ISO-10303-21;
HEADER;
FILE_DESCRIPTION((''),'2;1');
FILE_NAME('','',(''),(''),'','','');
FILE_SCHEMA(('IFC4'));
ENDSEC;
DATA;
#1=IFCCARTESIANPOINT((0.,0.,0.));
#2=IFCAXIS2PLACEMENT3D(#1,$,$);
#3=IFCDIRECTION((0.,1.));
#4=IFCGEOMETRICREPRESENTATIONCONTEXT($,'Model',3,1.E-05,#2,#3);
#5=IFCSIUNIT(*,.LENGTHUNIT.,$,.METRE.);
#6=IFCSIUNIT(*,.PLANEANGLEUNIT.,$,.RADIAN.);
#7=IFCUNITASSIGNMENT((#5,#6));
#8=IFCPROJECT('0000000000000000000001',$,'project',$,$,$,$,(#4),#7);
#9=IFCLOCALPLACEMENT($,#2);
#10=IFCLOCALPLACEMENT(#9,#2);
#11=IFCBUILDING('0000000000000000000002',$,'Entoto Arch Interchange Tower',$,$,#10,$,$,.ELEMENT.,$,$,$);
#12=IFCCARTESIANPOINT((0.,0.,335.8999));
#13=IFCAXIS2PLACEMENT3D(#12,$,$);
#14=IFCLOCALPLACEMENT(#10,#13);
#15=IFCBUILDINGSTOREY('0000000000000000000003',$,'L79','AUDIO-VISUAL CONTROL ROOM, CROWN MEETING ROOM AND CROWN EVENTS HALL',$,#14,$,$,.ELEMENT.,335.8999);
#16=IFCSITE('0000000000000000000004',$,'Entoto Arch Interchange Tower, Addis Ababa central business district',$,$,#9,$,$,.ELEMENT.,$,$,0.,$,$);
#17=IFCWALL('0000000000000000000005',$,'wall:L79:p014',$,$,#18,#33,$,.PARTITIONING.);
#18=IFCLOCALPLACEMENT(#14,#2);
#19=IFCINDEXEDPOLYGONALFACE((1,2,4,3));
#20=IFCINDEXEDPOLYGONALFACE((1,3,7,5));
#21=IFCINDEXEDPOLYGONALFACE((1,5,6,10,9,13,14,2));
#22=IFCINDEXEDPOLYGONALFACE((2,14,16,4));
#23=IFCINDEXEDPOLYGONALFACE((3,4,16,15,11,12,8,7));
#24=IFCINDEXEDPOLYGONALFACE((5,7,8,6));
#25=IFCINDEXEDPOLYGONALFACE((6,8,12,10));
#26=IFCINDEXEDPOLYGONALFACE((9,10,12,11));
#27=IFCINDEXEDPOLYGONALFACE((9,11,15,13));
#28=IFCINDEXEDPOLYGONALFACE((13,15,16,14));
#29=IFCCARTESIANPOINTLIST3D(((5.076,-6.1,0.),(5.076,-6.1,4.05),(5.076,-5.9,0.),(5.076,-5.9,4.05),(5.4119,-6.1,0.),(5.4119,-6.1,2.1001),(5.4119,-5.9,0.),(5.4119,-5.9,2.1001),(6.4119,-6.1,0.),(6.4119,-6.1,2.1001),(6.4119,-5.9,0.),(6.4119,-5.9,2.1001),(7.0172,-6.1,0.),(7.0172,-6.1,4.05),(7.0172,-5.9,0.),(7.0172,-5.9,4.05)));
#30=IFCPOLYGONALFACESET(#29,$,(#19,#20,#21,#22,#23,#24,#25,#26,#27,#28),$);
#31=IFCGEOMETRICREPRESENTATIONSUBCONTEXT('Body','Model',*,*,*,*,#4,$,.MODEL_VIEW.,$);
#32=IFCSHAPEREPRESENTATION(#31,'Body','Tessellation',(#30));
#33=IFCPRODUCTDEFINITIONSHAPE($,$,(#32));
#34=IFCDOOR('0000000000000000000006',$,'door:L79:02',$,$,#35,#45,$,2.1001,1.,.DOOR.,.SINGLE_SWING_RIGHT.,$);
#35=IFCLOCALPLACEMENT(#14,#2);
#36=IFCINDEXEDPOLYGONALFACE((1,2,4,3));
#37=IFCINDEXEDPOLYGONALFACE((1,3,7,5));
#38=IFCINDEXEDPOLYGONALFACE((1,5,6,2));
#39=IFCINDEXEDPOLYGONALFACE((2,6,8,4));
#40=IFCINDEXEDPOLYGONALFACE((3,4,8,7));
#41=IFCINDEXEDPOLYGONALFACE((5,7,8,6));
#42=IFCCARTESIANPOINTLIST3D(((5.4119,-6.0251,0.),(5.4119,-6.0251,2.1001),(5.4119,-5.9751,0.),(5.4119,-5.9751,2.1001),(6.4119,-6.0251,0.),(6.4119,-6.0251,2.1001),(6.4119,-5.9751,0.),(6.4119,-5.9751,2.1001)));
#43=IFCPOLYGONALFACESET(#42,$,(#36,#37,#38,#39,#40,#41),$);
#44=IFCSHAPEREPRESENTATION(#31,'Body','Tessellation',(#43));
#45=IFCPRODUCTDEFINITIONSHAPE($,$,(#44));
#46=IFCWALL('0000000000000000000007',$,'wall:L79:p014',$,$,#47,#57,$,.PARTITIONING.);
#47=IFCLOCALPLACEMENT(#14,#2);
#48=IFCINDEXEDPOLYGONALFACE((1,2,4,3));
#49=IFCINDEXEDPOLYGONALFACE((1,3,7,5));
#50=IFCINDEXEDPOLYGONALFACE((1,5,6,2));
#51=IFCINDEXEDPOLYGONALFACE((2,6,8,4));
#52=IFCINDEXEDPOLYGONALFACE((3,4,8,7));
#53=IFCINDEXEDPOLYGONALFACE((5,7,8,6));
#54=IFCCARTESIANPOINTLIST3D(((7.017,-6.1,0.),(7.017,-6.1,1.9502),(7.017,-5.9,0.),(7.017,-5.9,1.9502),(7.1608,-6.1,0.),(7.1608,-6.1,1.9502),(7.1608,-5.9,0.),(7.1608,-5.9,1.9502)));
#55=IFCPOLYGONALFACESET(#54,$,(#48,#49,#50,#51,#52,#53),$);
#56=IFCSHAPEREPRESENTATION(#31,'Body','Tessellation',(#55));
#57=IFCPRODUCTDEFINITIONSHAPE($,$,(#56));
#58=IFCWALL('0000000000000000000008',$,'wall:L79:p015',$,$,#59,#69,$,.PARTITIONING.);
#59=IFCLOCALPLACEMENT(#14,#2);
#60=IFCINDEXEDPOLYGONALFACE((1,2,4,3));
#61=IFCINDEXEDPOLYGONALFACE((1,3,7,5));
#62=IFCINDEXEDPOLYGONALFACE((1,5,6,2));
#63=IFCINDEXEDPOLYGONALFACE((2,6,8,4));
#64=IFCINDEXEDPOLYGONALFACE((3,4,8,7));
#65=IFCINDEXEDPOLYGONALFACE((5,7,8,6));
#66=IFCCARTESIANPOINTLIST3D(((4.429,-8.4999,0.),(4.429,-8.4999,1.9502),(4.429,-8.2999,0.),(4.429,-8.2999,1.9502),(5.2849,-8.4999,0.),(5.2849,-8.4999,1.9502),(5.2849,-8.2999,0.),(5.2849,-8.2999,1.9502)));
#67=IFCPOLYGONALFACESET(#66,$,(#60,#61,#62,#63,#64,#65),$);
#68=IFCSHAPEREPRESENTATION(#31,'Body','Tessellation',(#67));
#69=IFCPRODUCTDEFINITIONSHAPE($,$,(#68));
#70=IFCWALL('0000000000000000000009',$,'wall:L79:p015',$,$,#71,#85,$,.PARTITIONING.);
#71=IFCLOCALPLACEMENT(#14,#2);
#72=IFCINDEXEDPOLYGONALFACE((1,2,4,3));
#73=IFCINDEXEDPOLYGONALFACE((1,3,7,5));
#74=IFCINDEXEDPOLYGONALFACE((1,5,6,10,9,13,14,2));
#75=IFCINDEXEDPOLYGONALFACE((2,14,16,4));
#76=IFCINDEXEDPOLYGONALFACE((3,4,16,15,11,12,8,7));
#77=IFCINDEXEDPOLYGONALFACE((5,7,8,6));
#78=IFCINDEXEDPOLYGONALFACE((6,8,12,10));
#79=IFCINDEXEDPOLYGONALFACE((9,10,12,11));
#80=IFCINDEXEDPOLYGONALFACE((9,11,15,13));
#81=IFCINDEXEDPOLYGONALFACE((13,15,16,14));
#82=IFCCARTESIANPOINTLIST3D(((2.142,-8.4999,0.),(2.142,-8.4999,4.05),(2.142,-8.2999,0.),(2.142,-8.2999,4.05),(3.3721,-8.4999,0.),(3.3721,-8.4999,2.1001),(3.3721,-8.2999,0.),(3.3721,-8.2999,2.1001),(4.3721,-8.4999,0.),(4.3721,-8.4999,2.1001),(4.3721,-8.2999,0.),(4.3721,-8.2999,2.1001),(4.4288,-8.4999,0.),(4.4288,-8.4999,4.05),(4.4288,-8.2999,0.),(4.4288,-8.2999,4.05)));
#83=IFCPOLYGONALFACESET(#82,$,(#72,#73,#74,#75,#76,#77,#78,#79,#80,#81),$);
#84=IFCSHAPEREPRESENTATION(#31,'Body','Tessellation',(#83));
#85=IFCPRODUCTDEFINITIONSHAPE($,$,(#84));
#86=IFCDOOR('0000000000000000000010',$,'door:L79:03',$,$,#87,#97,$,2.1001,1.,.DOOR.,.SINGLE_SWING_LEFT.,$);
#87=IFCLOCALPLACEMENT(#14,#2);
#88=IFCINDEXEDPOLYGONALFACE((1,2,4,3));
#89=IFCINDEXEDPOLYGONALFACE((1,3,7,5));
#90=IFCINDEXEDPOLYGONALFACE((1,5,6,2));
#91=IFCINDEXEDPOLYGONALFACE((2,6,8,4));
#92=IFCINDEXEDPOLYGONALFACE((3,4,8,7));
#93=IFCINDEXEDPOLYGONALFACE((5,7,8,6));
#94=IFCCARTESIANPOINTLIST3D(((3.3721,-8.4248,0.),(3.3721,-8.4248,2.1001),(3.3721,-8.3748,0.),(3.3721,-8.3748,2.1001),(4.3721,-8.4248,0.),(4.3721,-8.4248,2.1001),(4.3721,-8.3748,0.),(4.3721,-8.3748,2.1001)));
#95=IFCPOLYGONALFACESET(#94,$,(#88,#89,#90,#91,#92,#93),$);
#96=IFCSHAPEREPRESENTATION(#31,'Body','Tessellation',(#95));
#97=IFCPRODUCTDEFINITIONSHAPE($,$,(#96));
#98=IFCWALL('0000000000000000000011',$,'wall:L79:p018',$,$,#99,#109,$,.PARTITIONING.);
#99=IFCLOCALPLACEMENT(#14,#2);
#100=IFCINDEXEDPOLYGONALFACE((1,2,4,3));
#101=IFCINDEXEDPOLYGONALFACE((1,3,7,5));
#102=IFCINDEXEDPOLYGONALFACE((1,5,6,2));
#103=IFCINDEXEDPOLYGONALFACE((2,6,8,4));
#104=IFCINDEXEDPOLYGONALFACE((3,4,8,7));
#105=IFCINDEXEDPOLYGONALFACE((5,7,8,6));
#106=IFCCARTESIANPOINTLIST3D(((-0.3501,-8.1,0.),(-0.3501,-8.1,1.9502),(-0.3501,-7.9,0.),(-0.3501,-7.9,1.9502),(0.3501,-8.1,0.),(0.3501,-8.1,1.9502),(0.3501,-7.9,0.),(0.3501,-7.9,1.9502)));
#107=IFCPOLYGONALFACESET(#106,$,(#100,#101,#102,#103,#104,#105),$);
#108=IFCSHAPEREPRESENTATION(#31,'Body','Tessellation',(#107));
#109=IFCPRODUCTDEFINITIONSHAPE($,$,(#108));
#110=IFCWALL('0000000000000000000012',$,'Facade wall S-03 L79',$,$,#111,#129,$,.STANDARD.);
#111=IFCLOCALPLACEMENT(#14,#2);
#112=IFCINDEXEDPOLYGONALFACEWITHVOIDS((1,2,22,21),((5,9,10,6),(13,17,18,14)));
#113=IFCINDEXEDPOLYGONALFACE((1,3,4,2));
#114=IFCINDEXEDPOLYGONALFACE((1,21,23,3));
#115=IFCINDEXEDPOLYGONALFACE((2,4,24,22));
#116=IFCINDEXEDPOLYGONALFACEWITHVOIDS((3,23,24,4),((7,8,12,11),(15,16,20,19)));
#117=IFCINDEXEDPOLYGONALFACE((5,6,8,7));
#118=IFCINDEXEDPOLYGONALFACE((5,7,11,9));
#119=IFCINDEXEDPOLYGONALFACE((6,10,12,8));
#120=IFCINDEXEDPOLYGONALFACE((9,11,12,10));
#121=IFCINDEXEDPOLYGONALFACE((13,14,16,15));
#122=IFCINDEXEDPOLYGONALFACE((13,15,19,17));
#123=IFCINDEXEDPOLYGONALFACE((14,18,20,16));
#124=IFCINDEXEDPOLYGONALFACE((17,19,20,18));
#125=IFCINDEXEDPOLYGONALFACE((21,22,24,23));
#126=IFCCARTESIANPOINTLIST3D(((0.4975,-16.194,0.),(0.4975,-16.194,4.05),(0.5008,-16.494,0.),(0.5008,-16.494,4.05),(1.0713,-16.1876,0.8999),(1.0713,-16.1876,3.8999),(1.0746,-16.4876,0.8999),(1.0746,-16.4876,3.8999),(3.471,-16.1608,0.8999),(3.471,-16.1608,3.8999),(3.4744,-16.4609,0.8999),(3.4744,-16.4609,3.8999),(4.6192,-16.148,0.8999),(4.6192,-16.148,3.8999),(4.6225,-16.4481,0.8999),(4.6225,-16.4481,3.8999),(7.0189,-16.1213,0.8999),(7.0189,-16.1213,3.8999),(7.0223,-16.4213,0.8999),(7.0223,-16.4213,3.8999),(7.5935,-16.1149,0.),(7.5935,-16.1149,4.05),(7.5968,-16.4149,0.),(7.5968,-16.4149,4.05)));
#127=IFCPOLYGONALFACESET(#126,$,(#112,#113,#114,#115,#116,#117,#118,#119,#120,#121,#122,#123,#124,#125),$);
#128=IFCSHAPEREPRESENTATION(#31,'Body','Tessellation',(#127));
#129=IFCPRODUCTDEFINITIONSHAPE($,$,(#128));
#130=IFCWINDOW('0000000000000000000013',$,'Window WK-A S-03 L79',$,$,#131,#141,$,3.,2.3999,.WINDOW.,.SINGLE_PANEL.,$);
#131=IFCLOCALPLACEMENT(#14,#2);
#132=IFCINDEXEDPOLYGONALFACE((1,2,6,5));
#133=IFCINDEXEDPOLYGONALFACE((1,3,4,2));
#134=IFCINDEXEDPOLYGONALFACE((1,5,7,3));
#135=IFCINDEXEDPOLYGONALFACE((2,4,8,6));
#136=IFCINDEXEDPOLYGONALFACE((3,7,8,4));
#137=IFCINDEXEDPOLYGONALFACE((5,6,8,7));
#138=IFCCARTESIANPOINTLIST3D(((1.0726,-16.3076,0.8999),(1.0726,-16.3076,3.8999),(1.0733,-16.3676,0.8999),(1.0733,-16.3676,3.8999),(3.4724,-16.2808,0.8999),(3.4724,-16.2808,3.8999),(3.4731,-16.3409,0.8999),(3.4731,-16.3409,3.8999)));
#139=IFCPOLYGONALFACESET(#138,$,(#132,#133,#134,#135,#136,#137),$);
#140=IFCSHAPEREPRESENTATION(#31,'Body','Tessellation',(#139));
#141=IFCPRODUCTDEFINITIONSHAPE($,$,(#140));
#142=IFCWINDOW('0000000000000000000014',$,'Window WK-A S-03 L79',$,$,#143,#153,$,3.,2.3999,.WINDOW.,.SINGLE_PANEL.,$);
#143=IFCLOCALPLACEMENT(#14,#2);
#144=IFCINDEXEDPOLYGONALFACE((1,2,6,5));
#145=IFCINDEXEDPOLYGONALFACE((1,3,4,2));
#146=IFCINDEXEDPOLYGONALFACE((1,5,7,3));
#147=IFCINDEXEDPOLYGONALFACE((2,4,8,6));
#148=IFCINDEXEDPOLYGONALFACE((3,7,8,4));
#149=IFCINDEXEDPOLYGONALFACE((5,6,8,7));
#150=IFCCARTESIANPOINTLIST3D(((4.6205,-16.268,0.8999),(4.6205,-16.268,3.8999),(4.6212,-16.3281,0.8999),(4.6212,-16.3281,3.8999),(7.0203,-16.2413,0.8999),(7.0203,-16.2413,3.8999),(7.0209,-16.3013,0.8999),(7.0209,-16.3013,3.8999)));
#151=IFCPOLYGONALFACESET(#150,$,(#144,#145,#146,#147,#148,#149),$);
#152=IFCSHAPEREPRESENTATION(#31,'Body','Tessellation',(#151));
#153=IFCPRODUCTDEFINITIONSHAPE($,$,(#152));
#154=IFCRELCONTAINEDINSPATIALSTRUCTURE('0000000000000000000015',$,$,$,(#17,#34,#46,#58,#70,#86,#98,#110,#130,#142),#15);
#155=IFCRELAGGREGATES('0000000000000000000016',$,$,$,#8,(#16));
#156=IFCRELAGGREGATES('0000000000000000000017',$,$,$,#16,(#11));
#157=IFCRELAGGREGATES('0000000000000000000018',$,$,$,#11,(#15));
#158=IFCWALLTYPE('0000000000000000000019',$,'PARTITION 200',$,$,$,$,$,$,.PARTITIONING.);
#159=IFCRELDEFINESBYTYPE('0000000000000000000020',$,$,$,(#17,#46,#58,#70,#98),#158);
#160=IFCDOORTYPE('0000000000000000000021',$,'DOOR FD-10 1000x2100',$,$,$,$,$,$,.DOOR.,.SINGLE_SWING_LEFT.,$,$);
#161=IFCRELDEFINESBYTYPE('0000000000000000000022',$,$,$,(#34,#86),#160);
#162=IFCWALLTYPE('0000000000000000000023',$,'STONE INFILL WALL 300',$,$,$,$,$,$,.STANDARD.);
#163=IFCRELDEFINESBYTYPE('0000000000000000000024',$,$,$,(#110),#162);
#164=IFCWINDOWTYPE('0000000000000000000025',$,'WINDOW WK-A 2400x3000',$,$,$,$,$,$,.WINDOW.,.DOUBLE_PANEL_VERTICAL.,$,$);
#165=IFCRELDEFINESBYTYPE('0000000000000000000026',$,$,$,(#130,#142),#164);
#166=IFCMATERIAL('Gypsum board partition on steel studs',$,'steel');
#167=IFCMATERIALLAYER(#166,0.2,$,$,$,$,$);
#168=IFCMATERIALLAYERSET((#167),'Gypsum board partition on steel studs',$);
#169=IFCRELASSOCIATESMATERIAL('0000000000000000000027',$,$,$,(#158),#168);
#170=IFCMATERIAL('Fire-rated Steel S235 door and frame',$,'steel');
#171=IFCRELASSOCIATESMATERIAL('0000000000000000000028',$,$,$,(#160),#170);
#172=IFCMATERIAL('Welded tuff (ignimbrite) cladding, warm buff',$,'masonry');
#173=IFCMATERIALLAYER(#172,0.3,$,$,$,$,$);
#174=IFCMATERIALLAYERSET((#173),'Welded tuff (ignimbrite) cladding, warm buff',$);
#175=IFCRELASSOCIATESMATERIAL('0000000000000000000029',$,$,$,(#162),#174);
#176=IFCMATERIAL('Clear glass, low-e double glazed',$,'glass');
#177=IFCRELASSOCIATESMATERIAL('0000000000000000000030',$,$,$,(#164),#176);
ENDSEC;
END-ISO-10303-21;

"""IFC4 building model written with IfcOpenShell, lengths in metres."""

from ifc_helpers import new_model, si_unit, direction, frame, frame_2d, origin, place, context, subcontext, project, spatial, rectangle, extrude, material, layer, layer_set, type_object, element, fill, save


model = new_model("IFC4")

# Units and contexts
model_context = context("Model", 3, precision=1e-05, world=origin(), true_north=direction((0.0, 1.0)))
body_context = subcontext(model_context, "Body", "Model", "MODEL_VIEW")
ifc_project = project(units=[si_unit("LENGTHUNIT", "METRE"), si_unit("PLANEANGLEUNIT", "RADIAN")], contexts=[model_context])

# Site, building, storey
site_placement = place(None, origin())
site = spatial("IfcSite", under=ifc_project, at=site_placement, Name="Entoto Arch Interchange Tower, Addis Ababa central business district", CompositionType="ELEMENT", RefElevation=0.0)
building_placement = place(site_placement, origin())
building = spatial("IfcBuilding", under=site, at=building_placement, Name="Entoto Arch Interchange Tower", CompositionType="ELEMENT")
storey_placement = place(building_placement, frame((0.0, 0.0, 335.8999)))
storey = spatial("IfcBuildingStorey", under=building, at=storey_placement, Name="L79", Description="AUDIO-VISUAL CONTROL ROOM, CROWN MEETING ROOM AND CROWN EVENTS HALL", CompositionType="ELEMENT", Elevation=335.8999)

# Shared definitions
ifc_material_1 = material(Name="Fire-rated Steel S235 door and frame", Category="steel")

# Shared definitions
ifc_material_2 = material(Name="Gypsum board partition on steel studs", Category="steel")

# Shared definitions
ifc_layer_1 = layer(ifc_material_2, 0.2)
ifc_layer_set_1 = layer_set([ifc_layer_1], Name="Gypsum board partition on steel studs")
wall_type_1 = type_object("IfcWallType", Name="PARTITION 200", PredefinedType="PARTITIONING", material=ifc_layer_set_1)
door_type_1 = type_object("IfcDoorType", Name="DOOR FD-10 1000x2100", OperationType="SINGLE_SWING_LEFT", PredefinedType="DOOR", material=ifc_material_1)

# Wall, opening, door
wall_1_placement = place(storey_placement, frame((5.0759, -6.0, 0.0), z_axis=(0.0, 0.0, 1.0), x_axis=(1.0, 0.0, 0.0)))
wall_1 = element("IfcWall", 1, at=wall_1_placement, inside=storey, type_object=wall_type_1, Name="wall:L79:p014", PredefinedType="PARTITIONING", context=body_context, shape_type="SweptSolid", body=[
    extrude(rectangle(XDim=1.9412, YDim=0.2, at=frame_2d((0.9707, 0.0))), origin(), (0.0, 0.0, 1.0), 4.05),
])
opening_1_placement = place(wall_1_placement, frame((0.3359, 0.0, 0.0)))
opening_1 = element("IfcOpeningElement", 2, at=opening_1_placement, cuts=wall_1, PredefinedType="OPENING", context=body_context, shape_type="SweptSolid", body=[
    extrude(rectangle(XDim=1.0, YDim=2.1001, at=frame_2d((0.5, 1.05))), frame((0.0, 0.1099, 0.0), z_axis=(0.0, -1.0, 0.0), x_axis=(1.0, 0.0, 0.0)), (0.0, 0.0, 1.0), 0.22),
])
door_1_placement = place(opening_1_placement, origin())
door_1 = element("IfcDoor", 3, at=door_1_placement, inside=storey, type_object=door_type_1, Name="door:L79:02", OperationType="SINGLE_SWING_RIGHT", OverallHeight=2.1001, OverallWidth=1.0, PredefinedType="DOOR", context=body_context, shape_type="SweptSolid", body=[
    extrude(rectangle(XDim=1.0, YDim=2.1001, at=frame_2d((0.5, 1.05))), frame((0.0, 0.0249, 0.0), z_axis=(0.0, -1.0, 0.0), x_axis=(1.0, 0.0, 0.0)), (0.0, 0.0, 1.0), 0.05),
])
fill(opening_1, door_1)

# Walls
wall_2_placement = place(storey_placement, frame((7.0171, -6.0, 0.0), z_axis=(0.0, 0.0, 1.0), x_axis=(1.0, 0.0, 0.0)))
element("IfcWall", 4, at=wall_2_placement, inside=storey, type_object=wall_type_1, Name="wall:L79:p014", PredefinedType="PARTITIONING", context=body_context, shape_type="SweptSolid", body=[
    extrude(rectangle(XDim=0.1438, YDim=0.2, at=frame_2d((0.0718, 0.0))), origin(), (0.0, 0.0, 1.0), 1.9502),
])
wall_3_placement = place(storey_placement, frame((5.2849, -8.3999, 0.0), z_axis=(0.0, 0.0, 1.0), x_axis=(-1.0, 0.0, 0.0)))
element("IfcWall", 5, at=wall_3_placement, inside=storey, type_object=wall_type_1, Name="wall:L79:p015", PredefinedType="PARTITIONING", context=body_context, shape_type="SweptSolid", body=[
    extrude(rectangle(XDim=0.856, YDim=0.2, at=frame_2d((0.428, 0.0))), origin(), (0.0, 0.0, 1.0), 1.9502),
])

# Wall, opening, door
wall_4_placement = place(storey_placement, frame((4.429, -8.3999, 0.0), z_axis=(0.0, 0.0, 1.0), x_axis=(-1.0, 0.0, 0.0)))
wall_4 = element("IfcWall", 6, at=wall_4_placement, inside=storey, type_object=wall_type_1, Name="wall:L79:p015", PredefinedType="PARTITIONING", context=body_context, shape_type="SweptSolid", body=[
    extrude(rectangle(XDim=2.2869, YDim=0.2, at=frame_2d((1.1436, 0.0))), origin(), (0.0, 0.0, 1.0), 4.05),
])
opening_2_placement = place(wall_4_placement, frame((0.0569, 0.0, 0.0)))
opening_2 = element("IfcOpeningElement", 7, at=opening_2_placement, cuts=wall_4, PredefinedType="OPENING", context=body_context, shape_type="SweptSolid", body=[
    extrude(rectangle(XDim=1.0, YDim=2.1001, at=frame_2d((0.5, 1.05))), frame((0.0, 0.1099, 0.0), z_axis=(0.0, -1.0, 0.0), x_axis=(1.0, 0.0, 0.0)), (0.0, 0.0, 1.0), 0.22),
])
door_2_placement = place(opening_2_placement, origin())
door_2 = element("IfcDoor", 8, at=door_2_placement, inside=storey, type_object=door_type_1, Name="door:L79:03", OperationType="SINGLE_SWING_LEFT", OverallHeight=2.1001, OverallWidth=1.0, PredefinedType="DOOR", context=body_context, shape_type="SweptSolid", body=[
    extrude(rectangle(XDim=1.0, YDim=2.1001, at=frame_2d((0.5, 1.05))), frame((0.0, 0.0249, 0.0), z_axis=(0.0, -1.0, 0.0), x_axis=(1.0, 0.0, 0.0)), (0.0, 0.0, 1.0), 0.05),
])
fill(opening_2, door_2)

# Wall
wall_5_placement = place(storey_placement, frame((0.3501, -8.0, 0.0), z_axis=(0.0, 0.0, 1.0), x_axis=(-1.0, 0.0, 0.0)))
element("IfcWall", 9, at=wall_5_placement, inside=storey, type_object=wall_type_1, Name="wall:L79:p018", PredefinedType="PARTITIONING", context=body_context, shape_type="SweptSolid", body=[
    extrude(rectangle(XDim=0.7002, YDim=0.2, at=frame_2d((0.3501, 0.0))), origin(), (0.0, 0.0, 1.0), 1.9502),
])

# Wall, openings, windows
ifc_material_3 = material(Name="Welded tuff (ignimbrite) cladding, warm buff", Category="masonry")
ifc_layer_2 = layer(ifc_material_3, 0.3)
ifc_layer_set_2 = layer_set([ifc_layer_2], Name="Welded tuff (ignimbrite) cladding, warm buff")
wall_type_2 = type_object("IfcWallType", Name="STONE INFILL WALL 300", PredefinedType="STANDARD", material=ifc_layer_set_2)
wall_6_placement = place(storey_placement, frame((0.499, -16.344, 0.0), z_axis=(0.0, 0.0, 1.0), x_axis=(0.999938, 0.011147, 0.0)))
wall_6 = element("IfcWall", 10, at=wall_6_placement, inside=storey, type_object=wall_type_2, Name="Facade wall S-03 L79", PredefinedType="STANDARD", context=body_context, shape_type="SweptSolid", body=[
    extrude(rectangle(XDim=7.0964, YDim=0.3, at=frame_2d((3.5483, 0.0))), origin(), (0.0, 0.0, 1.0), 4.05),
])
opening_3_placement = place(wall_6_placement, frame((0.574, 0.0, 0.8999)))
opening_3 = element("IfcOpeningElement", 11, at=opening_3_placement, cuts=wall_6, PredefinedType="OPENING", context=body_context, shape_type="SweptSolid", body=[
    extrude(rectangle(XDim=2.3999, YDim=3.0, at=frame_2d((1.2, 1.5))), frame((0.0, 0.1602, 0.0), z_axis=(0.0, -1.0, 0.0), x_axis=(1.0, 0.0, 0.0)), (0.0, 0.0, 1.0), 0.3201),
])
opening_4_placement = place(wall_6_placement, frame((4.1221, 0.0, 0.8999)))
opening_4 = element("IfcOpeningElement", 12, at=opening_4_placement, cuts=wall_6, PredefinedType="OPENING", context=body_context, shape_type="SweptSolid", body=[
    extrude(rectangle(XDim=2.3999, YDim=3.0, at=frame_2d((1.2, 1.5))), frame((0.0, 0.1602, 0.0), z_axis=(0.0, -1.0, 0.0), x_axis=(1.0, 0.0, 0.0)), (0.0, 0.0, 1.0), 0.3201),
])
ifc_material_4 = material(Name="Clear glass, low-e double glazed", Category="glass")
window_type = type_object("IfcWindowType", Name="WINDOW WK-A 2400x3000", PartitioningType="DOUBLE_PANEL_VERTICAL", PredefinedType="WINDOW", material=ifc_material_4)
window_1_placement = place(opening_3_placement, origin())
window_1 = element("IfcWindow", 13, at=window_1_placement, inside=storey, type_object=window_type, Name="Window WK-A S-03 L79", OverallHeight=3.0, OverallWidth=2.3999, PartitioningType="SINGLE_PANEL", PredefinedType="WINDOW", context=body_context, shape_type="SweptSolid", body=[
    extrude(rectangle(XDim=2.3999, YDim=3.0, at=frame_2d((1.2, 1.5))), frame((0.0, 0.03, 0.0), z_axis=(0.0, -1.0, 0.0), x_axis=(1.0, 0.0, 0.0)), (0.0, 0.0, 1.0), 0.0601),
])
fill(opening_3, window_1)
window_2_placement = place(opening_4_placement, origin())
window_2 = element("IfcWindow", 14, at=window_2_placement, inside=storey, type_object=window_type, Name="Window WK-A S-03 L79", OverallHeight=3.0, OverallWidth=2.3999, PartitioningType="SINGLE_PANEL", PredefinedType="WINDOW", context=body_context, shape_type="SweptSolid", body=[
    extrude(rectangle(XDim=2.3999, YDim=3.0, at=frame_2d((1.2, 1.5))), frame((0.0, 0.03, 0.0), z_axis=(0.0, -1.0, 0.0), x_axis=(1.0, 0.0, 0.0)), (0.0, 0.0, 1.0), 0.0601),
])
fill(opening_4, window_2)

save(model, "model.ifc")
